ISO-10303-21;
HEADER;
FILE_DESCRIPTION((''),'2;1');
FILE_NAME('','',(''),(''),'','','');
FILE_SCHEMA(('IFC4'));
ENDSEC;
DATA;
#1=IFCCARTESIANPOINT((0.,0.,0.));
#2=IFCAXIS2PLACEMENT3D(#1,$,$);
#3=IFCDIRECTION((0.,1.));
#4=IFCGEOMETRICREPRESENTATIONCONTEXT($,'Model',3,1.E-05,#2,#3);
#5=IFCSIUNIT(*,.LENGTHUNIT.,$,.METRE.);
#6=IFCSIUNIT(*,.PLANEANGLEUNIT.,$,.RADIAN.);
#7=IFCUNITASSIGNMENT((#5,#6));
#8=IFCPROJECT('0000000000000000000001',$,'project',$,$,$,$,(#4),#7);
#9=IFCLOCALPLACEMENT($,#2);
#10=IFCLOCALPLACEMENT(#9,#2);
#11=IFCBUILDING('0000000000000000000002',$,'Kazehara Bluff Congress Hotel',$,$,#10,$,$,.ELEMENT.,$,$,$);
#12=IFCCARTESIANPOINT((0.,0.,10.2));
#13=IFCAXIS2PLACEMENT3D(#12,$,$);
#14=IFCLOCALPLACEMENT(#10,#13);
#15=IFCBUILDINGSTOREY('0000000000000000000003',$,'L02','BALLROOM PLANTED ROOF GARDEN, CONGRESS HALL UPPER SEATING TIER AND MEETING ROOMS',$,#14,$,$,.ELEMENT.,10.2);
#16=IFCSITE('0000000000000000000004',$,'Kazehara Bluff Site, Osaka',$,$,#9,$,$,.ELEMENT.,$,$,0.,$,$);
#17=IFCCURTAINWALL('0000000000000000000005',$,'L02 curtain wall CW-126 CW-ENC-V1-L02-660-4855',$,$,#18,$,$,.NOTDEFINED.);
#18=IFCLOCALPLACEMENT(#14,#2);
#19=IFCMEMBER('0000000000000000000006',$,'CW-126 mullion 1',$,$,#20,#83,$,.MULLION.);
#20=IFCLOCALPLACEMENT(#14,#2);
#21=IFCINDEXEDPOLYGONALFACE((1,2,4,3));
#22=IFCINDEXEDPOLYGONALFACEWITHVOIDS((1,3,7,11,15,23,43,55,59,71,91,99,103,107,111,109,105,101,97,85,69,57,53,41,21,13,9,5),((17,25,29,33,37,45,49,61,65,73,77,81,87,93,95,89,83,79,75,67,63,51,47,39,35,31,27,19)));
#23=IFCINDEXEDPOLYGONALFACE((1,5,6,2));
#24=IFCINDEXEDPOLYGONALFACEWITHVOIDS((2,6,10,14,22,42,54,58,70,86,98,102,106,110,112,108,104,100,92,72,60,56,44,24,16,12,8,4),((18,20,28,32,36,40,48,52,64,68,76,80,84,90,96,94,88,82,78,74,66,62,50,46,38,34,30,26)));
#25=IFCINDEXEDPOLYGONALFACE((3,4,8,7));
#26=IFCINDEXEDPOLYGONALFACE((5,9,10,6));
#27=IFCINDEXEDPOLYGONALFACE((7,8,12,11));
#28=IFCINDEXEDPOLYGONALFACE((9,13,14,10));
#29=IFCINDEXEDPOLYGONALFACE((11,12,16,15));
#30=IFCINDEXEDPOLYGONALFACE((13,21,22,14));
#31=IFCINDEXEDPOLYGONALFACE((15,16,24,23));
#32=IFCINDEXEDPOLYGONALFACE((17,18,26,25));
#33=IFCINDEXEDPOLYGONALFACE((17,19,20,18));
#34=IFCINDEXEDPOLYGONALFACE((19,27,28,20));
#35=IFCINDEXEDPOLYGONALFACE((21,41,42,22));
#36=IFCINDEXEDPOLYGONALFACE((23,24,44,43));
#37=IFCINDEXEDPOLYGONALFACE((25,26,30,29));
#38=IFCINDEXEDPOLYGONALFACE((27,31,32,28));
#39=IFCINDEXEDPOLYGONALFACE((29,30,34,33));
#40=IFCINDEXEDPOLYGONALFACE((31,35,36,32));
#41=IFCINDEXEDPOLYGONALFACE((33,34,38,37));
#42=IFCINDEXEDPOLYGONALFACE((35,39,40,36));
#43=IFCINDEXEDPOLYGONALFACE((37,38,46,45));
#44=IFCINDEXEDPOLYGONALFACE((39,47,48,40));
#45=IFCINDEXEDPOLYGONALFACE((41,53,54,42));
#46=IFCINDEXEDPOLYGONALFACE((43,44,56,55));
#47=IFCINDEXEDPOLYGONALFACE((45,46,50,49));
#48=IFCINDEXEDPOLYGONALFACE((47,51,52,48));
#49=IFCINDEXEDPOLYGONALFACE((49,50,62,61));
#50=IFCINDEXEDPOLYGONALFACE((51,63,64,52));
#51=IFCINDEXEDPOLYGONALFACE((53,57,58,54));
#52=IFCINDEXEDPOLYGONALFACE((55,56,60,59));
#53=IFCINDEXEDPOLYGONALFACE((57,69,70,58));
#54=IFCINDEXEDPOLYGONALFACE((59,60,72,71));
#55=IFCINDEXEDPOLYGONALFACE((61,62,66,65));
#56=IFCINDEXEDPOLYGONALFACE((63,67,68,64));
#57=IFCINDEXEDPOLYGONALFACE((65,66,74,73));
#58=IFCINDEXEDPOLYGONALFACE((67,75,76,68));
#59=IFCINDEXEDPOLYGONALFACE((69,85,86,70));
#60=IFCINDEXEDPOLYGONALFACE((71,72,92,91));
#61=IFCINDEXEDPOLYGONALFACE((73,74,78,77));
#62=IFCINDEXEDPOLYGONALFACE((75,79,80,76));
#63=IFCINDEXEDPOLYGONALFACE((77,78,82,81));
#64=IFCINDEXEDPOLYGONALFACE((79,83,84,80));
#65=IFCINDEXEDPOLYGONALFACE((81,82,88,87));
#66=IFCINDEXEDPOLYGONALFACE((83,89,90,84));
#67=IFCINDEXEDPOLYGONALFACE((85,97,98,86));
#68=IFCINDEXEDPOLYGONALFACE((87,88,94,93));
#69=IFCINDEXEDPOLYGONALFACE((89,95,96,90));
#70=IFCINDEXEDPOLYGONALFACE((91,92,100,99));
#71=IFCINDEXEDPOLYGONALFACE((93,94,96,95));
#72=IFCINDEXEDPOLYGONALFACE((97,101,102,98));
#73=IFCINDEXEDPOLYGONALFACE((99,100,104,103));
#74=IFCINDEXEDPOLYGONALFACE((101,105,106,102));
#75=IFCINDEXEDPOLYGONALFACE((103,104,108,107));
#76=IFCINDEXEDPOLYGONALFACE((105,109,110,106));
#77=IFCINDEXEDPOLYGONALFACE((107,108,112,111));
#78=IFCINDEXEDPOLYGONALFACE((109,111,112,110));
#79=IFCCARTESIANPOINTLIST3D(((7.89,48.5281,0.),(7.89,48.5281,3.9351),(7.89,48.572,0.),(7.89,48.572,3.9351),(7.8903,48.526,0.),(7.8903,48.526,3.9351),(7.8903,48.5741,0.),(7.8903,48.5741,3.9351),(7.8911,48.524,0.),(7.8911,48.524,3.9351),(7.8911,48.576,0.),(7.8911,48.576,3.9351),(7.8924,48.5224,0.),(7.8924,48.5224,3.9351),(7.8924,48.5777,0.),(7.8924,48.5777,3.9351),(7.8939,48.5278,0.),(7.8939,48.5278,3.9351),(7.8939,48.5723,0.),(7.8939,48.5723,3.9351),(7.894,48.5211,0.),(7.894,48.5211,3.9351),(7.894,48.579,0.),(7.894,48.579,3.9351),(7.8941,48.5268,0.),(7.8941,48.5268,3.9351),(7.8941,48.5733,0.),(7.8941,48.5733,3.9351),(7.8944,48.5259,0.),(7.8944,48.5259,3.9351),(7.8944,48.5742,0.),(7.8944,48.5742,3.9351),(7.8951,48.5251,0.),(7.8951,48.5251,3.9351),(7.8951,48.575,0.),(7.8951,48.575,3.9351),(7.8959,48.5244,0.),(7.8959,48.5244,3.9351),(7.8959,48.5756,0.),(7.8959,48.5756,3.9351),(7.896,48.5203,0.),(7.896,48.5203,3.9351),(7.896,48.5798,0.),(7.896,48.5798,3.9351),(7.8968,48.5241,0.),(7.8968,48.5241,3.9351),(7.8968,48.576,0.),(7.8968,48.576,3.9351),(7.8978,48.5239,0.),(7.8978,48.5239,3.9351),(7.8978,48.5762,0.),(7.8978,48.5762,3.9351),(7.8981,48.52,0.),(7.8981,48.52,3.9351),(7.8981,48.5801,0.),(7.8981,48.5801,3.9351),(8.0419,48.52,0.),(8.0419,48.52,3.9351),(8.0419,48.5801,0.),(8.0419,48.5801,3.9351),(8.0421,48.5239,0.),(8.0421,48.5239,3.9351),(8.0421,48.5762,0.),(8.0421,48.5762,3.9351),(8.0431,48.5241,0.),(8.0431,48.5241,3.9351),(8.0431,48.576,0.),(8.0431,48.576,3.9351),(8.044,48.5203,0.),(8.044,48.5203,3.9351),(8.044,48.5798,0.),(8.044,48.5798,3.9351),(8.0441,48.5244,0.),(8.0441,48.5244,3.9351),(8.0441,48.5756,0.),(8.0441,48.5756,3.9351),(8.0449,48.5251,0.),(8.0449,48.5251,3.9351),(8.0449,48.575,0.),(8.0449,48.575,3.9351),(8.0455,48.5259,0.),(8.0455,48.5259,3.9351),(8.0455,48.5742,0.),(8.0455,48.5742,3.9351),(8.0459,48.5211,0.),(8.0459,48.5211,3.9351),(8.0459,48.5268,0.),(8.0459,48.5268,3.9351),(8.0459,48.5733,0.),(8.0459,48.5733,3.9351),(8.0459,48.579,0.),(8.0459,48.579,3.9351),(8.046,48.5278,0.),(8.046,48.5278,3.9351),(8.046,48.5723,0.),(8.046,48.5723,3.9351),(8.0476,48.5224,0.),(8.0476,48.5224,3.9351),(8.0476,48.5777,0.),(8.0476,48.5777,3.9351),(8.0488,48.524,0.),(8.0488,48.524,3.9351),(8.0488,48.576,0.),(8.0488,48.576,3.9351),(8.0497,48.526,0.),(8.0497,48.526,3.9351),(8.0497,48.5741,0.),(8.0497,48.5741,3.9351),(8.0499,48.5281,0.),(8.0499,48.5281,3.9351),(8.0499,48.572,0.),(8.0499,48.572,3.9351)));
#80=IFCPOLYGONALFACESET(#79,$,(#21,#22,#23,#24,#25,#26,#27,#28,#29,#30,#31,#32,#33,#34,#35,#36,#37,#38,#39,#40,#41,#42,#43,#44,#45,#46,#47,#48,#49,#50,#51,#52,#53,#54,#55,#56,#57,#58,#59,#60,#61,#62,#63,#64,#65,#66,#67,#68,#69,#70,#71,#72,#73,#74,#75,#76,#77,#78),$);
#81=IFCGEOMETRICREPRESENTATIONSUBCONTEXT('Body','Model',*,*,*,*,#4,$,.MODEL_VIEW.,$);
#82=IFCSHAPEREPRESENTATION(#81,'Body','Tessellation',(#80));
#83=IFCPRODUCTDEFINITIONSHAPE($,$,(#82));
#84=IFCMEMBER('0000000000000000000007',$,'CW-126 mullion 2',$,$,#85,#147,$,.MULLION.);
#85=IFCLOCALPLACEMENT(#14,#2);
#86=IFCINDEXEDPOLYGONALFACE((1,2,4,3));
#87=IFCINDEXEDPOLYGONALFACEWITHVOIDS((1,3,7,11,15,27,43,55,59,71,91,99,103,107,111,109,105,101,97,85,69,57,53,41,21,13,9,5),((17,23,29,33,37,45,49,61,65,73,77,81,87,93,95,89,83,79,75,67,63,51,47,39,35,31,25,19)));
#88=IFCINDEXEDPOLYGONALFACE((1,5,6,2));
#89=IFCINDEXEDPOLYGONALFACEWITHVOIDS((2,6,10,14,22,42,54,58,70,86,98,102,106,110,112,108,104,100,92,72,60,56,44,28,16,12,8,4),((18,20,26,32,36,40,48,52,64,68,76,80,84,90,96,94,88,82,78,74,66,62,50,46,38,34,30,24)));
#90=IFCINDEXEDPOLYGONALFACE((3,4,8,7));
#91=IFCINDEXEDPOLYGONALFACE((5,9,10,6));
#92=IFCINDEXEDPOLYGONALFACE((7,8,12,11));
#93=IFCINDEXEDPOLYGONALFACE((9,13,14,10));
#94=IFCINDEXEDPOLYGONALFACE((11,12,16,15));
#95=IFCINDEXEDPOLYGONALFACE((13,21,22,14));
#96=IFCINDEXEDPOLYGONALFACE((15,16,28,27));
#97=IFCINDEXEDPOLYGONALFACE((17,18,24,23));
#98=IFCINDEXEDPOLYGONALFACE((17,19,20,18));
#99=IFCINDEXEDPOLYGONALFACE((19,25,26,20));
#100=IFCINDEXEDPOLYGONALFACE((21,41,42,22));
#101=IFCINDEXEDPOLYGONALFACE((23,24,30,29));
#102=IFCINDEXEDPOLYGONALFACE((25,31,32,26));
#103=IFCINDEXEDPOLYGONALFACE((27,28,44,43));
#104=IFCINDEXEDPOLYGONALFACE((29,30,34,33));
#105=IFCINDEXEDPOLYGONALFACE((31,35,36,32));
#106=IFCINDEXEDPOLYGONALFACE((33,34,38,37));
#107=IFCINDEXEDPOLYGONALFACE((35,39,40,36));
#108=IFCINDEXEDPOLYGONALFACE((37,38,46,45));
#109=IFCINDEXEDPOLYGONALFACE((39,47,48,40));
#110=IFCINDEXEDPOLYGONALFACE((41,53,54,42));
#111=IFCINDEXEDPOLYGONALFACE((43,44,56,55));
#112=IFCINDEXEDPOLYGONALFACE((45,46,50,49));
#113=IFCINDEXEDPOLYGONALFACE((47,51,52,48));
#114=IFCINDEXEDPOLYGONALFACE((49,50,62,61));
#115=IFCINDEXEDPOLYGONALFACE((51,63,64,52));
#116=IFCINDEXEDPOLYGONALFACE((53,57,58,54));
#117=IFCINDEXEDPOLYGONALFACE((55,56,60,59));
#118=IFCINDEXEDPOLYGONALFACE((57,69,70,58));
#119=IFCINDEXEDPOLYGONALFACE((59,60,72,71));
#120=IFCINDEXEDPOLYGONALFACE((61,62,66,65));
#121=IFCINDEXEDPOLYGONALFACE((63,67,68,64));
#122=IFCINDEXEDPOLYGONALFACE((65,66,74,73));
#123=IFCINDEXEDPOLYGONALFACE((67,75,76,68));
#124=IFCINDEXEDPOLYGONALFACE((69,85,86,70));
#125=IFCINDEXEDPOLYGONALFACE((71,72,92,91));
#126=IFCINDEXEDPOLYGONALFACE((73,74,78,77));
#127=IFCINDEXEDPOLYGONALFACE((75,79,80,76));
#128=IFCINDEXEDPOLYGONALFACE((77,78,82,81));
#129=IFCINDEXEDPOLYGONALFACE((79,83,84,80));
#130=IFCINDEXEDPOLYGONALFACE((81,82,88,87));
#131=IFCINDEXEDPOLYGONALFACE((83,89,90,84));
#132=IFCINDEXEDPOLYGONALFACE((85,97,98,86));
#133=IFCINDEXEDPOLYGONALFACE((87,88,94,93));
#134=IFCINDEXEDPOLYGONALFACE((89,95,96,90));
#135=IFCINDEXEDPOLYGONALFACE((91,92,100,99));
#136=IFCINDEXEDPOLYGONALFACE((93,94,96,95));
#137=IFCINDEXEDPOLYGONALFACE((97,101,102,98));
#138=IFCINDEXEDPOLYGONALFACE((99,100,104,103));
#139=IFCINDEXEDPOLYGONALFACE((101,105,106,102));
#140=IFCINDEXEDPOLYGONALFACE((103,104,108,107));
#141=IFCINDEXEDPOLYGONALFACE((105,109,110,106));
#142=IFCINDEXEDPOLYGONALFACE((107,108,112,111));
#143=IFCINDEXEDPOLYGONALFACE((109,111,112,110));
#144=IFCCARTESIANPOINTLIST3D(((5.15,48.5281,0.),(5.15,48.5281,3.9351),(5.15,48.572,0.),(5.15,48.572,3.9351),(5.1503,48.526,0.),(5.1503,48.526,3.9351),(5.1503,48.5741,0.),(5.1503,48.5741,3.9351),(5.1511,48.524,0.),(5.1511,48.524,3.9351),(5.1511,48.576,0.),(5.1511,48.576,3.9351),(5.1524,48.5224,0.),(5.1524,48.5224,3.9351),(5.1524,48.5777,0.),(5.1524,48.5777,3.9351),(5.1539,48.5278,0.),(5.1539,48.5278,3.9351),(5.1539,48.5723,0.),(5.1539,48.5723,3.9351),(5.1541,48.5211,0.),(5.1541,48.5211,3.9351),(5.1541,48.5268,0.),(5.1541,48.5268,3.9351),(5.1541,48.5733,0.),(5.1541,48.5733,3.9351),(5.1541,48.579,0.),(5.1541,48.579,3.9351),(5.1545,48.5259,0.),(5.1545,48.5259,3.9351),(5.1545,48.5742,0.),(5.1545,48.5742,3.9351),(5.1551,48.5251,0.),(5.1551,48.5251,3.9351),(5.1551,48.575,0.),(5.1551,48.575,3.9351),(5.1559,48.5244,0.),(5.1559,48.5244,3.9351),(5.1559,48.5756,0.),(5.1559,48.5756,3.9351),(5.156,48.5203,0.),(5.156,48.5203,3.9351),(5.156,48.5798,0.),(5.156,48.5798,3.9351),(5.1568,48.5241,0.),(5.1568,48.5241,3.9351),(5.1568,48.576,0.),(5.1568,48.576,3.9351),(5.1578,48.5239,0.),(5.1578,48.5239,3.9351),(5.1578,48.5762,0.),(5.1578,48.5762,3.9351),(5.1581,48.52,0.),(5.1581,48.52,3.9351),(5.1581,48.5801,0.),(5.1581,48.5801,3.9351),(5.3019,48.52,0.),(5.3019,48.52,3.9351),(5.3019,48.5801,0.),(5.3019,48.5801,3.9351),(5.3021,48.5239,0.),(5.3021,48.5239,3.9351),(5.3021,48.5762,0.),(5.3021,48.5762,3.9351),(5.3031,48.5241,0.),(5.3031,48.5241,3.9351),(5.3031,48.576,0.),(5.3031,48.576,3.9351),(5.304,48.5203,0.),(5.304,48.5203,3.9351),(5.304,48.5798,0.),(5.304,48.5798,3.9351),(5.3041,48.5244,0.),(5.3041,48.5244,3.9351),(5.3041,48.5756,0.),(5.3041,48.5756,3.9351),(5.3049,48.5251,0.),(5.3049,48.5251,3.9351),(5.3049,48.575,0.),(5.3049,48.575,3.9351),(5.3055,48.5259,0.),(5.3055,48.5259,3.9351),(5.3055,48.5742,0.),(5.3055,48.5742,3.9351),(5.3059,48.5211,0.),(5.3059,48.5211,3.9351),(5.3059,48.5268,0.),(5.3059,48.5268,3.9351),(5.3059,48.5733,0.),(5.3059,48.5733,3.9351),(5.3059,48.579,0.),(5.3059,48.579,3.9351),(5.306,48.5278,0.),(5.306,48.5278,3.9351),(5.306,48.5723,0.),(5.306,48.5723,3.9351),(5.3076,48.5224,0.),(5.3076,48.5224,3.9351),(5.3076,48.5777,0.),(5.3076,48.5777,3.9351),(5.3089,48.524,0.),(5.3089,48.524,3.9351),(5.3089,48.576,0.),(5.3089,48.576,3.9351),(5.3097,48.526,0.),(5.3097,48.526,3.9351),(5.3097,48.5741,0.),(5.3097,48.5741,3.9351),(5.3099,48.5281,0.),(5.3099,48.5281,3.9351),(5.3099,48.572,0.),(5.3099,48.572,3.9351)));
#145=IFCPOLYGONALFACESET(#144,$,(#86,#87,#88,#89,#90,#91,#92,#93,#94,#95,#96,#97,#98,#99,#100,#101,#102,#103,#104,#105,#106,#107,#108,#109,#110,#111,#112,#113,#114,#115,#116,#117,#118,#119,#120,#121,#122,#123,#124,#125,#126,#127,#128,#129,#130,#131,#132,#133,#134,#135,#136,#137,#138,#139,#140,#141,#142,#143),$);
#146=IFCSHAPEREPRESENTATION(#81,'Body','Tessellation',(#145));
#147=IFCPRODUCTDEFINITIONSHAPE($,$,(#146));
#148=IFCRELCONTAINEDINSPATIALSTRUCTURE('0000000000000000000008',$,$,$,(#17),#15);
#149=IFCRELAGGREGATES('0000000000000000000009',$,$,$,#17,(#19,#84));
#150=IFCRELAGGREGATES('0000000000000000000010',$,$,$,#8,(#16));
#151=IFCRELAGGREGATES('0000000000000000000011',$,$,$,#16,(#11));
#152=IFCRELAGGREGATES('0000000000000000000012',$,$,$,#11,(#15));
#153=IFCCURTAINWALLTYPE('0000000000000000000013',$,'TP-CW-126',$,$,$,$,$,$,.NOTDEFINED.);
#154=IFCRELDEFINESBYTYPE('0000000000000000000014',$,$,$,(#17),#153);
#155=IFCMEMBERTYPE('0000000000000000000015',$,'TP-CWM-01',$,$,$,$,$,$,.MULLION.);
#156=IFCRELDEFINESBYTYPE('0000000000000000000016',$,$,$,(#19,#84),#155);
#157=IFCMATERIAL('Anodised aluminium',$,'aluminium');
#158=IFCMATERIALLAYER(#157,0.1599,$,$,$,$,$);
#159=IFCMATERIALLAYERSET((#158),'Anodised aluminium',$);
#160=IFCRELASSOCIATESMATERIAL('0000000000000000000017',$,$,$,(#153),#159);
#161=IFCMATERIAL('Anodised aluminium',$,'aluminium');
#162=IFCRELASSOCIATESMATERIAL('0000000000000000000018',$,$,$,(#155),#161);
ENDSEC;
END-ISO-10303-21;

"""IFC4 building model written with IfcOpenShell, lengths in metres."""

from ifc_helpers import new_model, si_unit, direction, frame, origin, origin_2d, place, context, subcontext, project, spatial, hollow_rectangle, extrude, material, layer, layer_set, material_profile, profile_set, type_object, element, aggregate, save


model = new_model("IFC4")

# Units and contexts
model_context = context("Model", 3, precision=1e-05, world=origin(), true_north=direction((0.0, 1.0)))
body_context = subcontext(model_context, "Body", "Model", "MODEL_VIEW")
ifc_project = project(units=[si_unit("LENGTHUNIT", "METRE"), si_unit("PLANEANGLEUNIT", "RADIAN")], contexts=[model_context])

# Site, building, storey
site_placement = place(None, origin())
site = spatial("IfcSite", under=ifc_project, at=site_placement, Name="Kazehara Bluff Site, Osaka", CompositionType="ELEMENT", RefElevation=0.0)
building_placement = place(site_placement, origin())
building = spatial("IfcBuilding", under=site, at=building_placement, Name="Kazehara Bluff Congress Hotel", CompositionType="ELEMENT")
storey_placement = place(building_placement, frame((0.0, 0.0, 10.2)))
storey = spatial("IfcBuildingStorey", under=building, at=storey_placement, Name="L02", Description="BALLROOM PLANTED ROOF GARDEN, CONGRESS HALL UPPER SEATING TIER AND MEETING ROOMS", CompositionType="ELEMENT", Elevation=10.2)

# Curtain wall, members
ifc_material_1 = material(Name="Anodised aluminium", Category="aluminium")
ifc_layer_1 = layer(ifc_material_1, 0.1599)
ifc_layer_set_1 = layer_set([ifc_layer_1], Name="Anodised aluminium")
curtain_wall_type = type_object("IfcCurtainWallType", Name="TP-CW-126", PredefinedType="NOTDEFINED", material=ifc_layer_set_1)
curtain_wall_placement = place(storey_placement, origin())
curtain_wall = element("IfcCurtainWall", 1, at=curtain_wall_placement, inside=storey, type_object=curtain_wall_type, Name="L02 curtain wall CW-126 CW-ENC-V1-L02-660-4855", PredefinedType="NOTDEFINED")
ifc_material_2 = material(Name="Anodised aluminium", Category="aluminium")
ifc_material_profile_1 = material_profile(ifc_material_2, hollow_rectangle(XDim=0.0601, YDim=0.1599, WallThickness=0.0039, InnerFilletRadius=0.0039, OuterFilletRadius=0.0081, at=origin_2d()))
ifc_profile_set_1 = profile_set([ifc_material_profile_1], Name="Anodised aluminium")
member_type_1 = type_object("IfcMemberType", Name="TP-CWM-01", PredefinedType="MULLION", material=ifc_profile_set_1)
member_1_placement = place(storey_placement, frame((7.97, 48.55, 0.0), z_axis=(0.0, 0.0, 1.0), x_axis=(0.0, -1.0, 0.0)))
member_1 = element("IfcMember", 2, at=member_1_placement, type_object=member_type_1, Name="CW-126 mullion 1", PredefinedType="MULLION", context=body_context, shape_type="SweptSolid", body=[
    extrude(hollow_rectangle(XDim=0.0601, YDim=0.1599, WallThickness=0.0039, InnerFilletRadius=0.0039, OuterFilletRadius=0.0081, at=origin_2d()), origin(), (0.0, 0.0, 1.0), 3.9351),
])
member_2_placement = place(storey_placement, frame((5.23, 48.55, 0.0), z_axis=(0.0, 0.0, 1.0), x_axis=(0.0, -1.0, 0.0)))
member_2 = element("IfcMember", 3, at=member_2_placement, type_object=member_type_1, Name="CW-126 mullion 2", PredefinedType="MULLION", context=body_context, shape_type="SweptSolid", body=[
    extrude(hollow_rectangle(XDim=0.0601, YDim=0.1599, WallThickness=0.0039, InnerFilletRadius=0.0039, OuterFilletRadius=0.0081, at=origin_2d()), origin(), (0.0, 0.0, 1.0), 3.9351),
])

aggregate(curtain_wall, [member_1, member_2])

save(model, "model.ifc")
